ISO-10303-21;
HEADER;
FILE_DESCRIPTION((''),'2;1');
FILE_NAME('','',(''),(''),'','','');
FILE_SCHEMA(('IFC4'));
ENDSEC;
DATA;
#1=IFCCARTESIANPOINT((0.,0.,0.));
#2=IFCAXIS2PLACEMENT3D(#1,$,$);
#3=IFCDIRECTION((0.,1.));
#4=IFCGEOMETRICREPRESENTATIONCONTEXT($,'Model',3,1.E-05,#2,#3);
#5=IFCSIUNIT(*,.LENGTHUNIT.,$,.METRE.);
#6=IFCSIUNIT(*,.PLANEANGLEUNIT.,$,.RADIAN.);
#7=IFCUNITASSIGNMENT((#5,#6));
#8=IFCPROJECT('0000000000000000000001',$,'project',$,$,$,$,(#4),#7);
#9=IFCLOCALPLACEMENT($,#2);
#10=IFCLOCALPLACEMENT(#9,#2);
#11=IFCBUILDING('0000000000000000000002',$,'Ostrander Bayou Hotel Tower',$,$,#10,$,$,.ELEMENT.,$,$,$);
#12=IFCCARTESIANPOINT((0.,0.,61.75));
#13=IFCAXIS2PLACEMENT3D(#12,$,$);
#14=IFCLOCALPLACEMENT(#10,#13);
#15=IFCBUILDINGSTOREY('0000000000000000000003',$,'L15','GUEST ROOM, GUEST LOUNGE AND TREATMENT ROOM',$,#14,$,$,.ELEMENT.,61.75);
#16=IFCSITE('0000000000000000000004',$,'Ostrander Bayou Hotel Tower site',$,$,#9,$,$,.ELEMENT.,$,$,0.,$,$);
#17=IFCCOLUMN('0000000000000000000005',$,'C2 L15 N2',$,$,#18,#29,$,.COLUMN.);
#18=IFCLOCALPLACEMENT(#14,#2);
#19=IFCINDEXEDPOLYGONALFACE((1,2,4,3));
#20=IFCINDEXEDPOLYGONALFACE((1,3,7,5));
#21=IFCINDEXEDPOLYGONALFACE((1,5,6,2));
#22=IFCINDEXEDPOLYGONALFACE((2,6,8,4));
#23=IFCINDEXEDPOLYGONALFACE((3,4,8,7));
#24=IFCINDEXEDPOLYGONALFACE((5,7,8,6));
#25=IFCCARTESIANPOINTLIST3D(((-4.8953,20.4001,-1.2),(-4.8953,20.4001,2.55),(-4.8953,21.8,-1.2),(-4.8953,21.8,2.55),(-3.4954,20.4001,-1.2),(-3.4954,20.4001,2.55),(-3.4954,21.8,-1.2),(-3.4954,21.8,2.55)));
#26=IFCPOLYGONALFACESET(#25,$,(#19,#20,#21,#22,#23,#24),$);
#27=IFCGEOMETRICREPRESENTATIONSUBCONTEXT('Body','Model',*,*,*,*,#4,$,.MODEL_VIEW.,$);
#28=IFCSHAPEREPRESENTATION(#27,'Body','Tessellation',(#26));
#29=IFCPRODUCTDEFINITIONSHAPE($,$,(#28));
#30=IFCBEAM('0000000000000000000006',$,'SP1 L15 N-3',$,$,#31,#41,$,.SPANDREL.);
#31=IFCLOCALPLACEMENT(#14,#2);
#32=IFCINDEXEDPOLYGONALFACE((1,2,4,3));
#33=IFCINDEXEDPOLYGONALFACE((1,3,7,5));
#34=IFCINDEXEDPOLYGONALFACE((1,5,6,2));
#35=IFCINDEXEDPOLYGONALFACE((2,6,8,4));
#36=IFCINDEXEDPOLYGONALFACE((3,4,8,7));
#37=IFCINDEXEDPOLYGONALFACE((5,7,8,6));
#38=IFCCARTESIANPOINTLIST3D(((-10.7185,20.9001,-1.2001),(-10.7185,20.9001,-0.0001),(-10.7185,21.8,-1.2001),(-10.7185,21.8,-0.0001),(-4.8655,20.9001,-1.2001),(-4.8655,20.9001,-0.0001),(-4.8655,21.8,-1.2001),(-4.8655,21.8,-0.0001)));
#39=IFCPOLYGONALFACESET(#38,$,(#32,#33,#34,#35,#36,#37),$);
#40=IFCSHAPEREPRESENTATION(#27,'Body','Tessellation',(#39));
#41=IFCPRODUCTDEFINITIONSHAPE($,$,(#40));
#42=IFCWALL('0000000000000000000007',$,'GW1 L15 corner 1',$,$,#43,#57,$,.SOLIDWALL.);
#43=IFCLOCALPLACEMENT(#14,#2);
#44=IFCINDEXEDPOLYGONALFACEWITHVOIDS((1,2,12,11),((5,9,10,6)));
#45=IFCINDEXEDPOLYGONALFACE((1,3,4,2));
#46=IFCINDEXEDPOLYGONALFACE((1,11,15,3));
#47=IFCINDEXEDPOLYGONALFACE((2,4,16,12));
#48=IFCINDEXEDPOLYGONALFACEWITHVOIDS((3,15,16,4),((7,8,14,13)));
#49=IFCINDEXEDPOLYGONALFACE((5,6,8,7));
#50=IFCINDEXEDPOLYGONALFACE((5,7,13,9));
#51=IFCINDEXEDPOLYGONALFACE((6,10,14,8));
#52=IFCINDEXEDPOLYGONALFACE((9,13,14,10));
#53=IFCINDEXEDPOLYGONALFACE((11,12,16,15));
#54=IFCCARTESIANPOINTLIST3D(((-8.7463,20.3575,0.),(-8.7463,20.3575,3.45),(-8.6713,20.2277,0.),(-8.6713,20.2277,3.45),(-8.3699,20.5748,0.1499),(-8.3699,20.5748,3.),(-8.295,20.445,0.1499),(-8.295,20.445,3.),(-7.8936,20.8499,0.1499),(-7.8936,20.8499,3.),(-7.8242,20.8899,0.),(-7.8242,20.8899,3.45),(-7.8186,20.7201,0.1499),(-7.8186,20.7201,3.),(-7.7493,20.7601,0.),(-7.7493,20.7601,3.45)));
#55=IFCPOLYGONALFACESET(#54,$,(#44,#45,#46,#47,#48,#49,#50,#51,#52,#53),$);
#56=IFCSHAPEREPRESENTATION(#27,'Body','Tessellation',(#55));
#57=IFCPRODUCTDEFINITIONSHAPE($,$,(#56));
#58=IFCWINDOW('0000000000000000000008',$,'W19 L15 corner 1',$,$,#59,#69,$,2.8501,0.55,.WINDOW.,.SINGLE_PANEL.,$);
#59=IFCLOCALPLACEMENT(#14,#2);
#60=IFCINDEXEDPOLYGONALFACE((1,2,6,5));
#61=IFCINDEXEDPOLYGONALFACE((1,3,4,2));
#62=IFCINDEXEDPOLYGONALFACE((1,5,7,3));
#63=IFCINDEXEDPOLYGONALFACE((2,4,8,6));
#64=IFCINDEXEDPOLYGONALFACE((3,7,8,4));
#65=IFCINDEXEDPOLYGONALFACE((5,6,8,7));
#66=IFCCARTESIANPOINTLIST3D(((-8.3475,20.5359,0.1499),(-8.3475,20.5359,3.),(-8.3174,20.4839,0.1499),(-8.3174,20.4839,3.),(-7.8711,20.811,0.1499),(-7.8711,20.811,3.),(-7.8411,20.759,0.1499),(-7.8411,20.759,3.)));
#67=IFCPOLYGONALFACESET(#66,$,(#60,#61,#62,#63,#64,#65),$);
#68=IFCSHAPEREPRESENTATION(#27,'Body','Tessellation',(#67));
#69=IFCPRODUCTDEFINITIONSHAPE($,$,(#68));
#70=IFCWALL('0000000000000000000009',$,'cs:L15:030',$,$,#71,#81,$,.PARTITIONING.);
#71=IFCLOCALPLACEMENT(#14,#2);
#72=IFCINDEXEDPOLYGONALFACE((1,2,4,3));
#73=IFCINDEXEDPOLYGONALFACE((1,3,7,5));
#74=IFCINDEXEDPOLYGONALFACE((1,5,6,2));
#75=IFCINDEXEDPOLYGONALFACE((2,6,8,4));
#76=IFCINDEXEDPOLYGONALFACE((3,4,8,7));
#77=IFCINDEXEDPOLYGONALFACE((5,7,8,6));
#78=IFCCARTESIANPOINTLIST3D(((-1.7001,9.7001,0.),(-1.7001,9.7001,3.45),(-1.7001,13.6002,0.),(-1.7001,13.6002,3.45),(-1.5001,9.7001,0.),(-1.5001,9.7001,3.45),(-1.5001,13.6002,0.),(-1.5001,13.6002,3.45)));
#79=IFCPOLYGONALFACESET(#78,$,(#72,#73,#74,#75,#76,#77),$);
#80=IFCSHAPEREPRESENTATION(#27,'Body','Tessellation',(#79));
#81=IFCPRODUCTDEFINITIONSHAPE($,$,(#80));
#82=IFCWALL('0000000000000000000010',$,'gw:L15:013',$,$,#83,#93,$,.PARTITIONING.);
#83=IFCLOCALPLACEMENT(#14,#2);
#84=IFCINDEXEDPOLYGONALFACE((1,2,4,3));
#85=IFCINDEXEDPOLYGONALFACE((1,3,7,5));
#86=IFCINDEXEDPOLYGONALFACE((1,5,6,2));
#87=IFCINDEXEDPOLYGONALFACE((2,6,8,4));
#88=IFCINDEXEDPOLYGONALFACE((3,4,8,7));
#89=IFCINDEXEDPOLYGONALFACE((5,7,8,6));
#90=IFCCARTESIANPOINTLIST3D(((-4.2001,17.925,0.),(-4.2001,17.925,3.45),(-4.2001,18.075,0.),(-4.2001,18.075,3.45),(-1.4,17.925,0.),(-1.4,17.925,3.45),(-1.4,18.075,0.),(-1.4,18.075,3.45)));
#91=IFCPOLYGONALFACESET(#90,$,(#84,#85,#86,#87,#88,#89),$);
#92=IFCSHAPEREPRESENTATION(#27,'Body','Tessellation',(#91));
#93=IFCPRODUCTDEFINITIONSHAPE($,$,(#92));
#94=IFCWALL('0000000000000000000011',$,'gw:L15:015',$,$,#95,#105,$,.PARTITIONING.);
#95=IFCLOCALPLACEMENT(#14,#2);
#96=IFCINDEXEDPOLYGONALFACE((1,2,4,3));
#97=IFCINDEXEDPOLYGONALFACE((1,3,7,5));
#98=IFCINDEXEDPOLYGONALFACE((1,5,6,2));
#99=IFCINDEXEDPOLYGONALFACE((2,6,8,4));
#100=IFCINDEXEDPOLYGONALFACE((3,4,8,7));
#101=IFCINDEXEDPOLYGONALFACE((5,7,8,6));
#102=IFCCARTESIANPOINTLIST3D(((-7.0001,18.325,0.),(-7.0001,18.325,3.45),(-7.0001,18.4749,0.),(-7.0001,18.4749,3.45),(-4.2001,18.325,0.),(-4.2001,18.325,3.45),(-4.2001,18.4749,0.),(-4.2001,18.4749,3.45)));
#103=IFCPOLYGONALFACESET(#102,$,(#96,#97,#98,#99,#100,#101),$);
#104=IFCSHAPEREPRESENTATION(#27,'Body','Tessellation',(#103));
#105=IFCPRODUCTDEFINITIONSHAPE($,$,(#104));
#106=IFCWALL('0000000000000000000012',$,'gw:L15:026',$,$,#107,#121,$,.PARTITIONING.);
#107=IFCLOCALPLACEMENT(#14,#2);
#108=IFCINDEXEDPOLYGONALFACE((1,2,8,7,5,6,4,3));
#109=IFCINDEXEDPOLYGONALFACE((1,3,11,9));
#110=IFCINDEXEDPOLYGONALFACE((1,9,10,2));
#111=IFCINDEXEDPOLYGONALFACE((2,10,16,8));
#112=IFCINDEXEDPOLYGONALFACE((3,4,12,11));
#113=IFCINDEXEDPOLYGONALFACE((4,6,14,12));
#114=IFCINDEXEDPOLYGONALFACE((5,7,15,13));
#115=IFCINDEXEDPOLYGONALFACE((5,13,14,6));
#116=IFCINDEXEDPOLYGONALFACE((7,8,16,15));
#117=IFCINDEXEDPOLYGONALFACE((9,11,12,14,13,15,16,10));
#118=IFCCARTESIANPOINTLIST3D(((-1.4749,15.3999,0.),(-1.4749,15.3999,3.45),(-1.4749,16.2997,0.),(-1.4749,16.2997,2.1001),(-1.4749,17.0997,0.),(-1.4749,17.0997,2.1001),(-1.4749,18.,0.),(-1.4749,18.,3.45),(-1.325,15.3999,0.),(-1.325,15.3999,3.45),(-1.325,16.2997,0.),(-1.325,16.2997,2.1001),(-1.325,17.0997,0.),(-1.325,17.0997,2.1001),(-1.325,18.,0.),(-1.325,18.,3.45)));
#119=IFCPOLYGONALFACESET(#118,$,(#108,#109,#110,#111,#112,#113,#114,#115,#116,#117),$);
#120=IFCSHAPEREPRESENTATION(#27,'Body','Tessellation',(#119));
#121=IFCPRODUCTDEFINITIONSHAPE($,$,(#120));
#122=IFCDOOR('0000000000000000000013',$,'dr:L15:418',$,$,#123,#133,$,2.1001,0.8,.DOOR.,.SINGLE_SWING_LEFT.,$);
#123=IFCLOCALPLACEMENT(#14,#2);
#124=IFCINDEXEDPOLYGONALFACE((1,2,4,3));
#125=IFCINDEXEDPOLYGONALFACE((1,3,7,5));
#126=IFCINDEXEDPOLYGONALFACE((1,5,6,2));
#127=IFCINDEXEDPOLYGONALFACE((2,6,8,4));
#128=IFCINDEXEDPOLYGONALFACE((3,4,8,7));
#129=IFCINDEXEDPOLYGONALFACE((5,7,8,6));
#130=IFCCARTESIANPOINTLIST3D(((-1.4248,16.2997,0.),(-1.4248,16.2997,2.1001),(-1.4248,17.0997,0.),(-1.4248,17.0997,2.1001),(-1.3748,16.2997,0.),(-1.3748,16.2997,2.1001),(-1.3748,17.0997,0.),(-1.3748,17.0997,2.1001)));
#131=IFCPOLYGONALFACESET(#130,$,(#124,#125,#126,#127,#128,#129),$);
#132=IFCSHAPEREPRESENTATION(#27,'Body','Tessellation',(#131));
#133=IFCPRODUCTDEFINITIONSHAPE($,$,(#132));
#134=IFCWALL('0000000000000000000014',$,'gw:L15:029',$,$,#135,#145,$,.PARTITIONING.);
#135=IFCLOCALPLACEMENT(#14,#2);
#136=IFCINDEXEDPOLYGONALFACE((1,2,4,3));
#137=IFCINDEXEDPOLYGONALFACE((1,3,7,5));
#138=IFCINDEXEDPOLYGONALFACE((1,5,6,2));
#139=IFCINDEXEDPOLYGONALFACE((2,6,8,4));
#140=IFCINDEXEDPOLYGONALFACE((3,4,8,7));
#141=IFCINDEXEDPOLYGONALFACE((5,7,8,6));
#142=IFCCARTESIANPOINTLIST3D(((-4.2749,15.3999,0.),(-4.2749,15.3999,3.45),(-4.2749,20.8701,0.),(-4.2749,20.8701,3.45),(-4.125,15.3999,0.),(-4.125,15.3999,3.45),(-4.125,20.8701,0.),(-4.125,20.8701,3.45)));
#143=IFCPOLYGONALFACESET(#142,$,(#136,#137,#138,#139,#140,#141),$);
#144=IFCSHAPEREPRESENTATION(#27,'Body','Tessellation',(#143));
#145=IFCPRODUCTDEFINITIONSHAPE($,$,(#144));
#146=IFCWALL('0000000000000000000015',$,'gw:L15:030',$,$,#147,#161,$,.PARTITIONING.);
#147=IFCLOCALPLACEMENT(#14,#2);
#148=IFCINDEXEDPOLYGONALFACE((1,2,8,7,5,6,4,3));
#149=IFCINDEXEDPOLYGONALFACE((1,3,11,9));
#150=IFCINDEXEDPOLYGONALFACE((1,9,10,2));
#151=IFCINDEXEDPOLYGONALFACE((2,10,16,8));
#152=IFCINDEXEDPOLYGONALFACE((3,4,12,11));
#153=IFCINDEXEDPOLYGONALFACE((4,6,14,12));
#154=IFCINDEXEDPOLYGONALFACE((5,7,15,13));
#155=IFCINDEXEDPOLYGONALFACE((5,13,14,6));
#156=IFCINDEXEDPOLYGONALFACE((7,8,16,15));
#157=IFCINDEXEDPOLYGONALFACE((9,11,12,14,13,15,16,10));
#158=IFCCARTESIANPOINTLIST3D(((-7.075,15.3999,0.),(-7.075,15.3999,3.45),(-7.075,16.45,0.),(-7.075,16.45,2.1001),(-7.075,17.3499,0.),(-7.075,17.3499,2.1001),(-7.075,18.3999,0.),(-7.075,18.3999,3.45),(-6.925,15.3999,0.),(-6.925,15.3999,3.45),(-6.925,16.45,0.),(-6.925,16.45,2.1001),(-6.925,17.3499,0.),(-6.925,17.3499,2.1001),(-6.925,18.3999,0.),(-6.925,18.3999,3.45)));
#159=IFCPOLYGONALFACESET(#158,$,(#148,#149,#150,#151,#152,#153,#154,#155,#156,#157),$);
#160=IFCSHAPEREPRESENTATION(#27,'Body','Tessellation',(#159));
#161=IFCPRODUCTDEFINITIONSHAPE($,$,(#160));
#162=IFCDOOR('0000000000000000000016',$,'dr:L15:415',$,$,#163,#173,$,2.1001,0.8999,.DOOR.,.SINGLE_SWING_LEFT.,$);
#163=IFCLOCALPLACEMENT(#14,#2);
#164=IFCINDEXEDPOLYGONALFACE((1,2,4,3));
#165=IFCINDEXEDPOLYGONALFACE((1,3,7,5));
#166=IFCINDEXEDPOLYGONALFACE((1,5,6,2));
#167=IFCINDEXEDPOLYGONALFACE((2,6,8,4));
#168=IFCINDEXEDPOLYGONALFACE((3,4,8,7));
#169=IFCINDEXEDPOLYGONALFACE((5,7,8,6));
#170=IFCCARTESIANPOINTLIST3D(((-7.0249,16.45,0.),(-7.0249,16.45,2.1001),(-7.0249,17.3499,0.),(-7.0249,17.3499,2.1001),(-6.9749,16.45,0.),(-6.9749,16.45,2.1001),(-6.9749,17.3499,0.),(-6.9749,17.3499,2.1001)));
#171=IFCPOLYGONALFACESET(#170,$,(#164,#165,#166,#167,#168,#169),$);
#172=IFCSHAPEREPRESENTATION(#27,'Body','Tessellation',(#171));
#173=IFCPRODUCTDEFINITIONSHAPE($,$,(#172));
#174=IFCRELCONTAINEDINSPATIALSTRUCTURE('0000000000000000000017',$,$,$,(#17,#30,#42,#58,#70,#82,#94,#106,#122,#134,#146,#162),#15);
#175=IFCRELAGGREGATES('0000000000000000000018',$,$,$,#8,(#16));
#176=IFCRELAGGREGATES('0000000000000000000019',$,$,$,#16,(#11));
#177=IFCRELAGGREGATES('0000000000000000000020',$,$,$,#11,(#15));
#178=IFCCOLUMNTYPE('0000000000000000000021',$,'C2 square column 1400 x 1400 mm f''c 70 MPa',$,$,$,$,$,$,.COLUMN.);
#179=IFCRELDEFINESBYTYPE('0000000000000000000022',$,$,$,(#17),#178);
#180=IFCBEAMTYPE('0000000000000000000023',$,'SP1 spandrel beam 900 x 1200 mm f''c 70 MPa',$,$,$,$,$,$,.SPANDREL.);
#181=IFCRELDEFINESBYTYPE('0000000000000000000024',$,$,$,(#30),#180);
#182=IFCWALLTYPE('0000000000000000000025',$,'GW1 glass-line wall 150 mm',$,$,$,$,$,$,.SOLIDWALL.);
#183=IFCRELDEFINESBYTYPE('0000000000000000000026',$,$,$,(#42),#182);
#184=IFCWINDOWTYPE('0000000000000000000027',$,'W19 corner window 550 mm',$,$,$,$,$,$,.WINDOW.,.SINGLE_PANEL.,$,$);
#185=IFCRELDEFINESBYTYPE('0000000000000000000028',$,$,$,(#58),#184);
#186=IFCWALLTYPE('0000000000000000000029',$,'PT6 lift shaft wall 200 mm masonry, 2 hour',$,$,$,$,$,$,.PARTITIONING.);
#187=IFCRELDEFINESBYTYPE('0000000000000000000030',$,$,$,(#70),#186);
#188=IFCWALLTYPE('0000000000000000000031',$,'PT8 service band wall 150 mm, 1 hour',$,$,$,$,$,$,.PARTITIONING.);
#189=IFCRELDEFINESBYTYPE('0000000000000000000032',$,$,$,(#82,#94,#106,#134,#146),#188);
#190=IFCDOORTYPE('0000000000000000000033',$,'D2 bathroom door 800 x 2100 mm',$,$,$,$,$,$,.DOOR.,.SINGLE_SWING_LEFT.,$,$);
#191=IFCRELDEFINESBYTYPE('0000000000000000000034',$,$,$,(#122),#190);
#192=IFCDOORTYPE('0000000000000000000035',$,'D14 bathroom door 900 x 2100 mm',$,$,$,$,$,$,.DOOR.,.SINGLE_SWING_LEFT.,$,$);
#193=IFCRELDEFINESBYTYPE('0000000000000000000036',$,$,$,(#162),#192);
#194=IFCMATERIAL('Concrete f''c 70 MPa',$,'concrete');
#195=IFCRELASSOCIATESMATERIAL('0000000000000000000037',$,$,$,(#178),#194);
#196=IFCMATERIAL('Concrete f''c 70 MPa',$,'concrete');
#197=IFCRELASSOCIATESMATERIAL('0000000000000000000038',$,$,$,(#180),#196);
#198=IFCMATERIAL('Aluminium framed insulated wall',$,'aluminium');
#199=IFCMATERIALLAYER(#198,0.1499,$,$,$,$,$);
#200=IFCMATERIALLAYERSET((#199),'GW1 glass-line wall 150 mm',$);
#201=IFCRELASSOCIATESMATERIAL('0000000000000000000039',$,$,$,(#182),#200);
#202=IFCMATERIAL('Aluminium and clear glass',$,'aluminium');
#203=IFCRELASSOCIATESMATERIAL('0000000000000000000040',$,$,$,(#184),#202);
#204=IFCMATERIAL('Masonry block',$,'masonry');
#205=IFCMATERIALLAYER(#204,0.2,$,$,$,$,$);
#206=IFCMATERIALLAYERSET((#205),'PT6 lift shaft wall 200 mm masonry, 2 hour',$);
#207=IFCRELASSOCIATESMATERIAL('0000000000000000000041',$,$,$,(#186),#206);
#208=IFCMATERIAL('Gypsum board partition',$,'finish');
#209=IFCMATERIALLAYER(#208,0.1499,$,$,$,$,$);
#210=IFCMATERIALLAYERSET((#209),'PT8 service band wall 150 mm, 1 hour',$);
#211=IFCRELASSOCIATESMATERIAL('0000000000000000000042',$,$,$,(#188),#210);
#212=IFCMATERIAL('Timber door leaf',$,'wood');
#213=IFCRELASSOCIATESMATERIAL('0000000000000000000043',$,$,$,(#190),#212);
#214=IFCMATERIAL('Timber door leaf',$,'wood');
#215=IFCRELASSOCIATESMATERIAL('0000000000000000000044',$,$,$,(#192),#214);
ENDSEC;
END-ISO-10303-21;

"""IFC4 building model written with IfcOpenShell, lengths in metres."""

from ifc_helpers import new_model, si_unit, direction, frame, frame_2d, origin, origin_2d, place, context, subcontext, project, spatial, rectangle, extrude, material, layer, layer_set, material_profile, profile_set, type_object, element, fill, save


model = new_model("IFC4")

# Units and contexts
model_context = context("Model", 3, precision=1e-05, world=origin(), true_north=direction((0.0, 1.0)))
body_context = subcontext(model_context, "Body", "Model", "MODEL_VIEW")
ifc_project = project(units=[si_unit("LENGTHUNIT", "METRE"), si_unit("PLANEANGLEUNIT", "RADIAN")], contexts=[model_context])

# Site, building, storey
site_placement = place(None, origin())
site = spatial("IfcSite", under=ifc_project, at=site_placement, Name="Ostrander Bayou Hotel Tower site", CompositionType="ELEMENT", RefElevation=0.0)
building_placement = place(site_placement, origin())
building = spatial("IfcBuilding", under=site, at=building_placement, Name="Ostrander Bayou Hotel Tower", CompositionType="ELEMENT")
storey_placement = place(building_placement, frame((0.0, 0.0, 61.75)))
storey = spatial("IfcBuildingStorey", under=building, at=storey_placement, Name="L15", Description="GUEST ROOM, GUEST LOUNGE AND TREATMENT ROOM", CompositionType="ELEMENT", Elevation=61.75)

# Column
ifc_material_1 = material(Name="Concrete f'c 70 MPa", Category="concrete")
ifc_material_profile_1 = material_profile(ifc_material_1, rectangle(XDim=1.3999, YDim=1.3999, at=origin_2d()))
ifc_profile_set_1 = profile_set([ifc_material_profile_1], Name="Concrete f'c 70 MPa")
column_type = type_object("IfcColumnType", Name="C2 square column 1400 x 1400 mm f'c 70 MPa", PredefinedType="COLUMN", material=ifc_profile_set_1)
column_placement = place(storey_placement, frame((-4.1953, 21.1001, -1.2), z_axis=(0.0, 0.0, 1.0), x_axis=(1.0, 0.0, 0.0)))
element("IfcColumn", 1, at=column_placement, inside=storey, type_object=column_type, Name="C2 L15 N2", PredefinedType="COLUMN", context=body_context, shape_type="SweptSolid", body=[
    extrude(rectangle(XDim=1.3999, YDim=1.3999, at=origin_2d()), origin(), (0.0, 0.0, 1.0), 3.75),
])

# Beam
ifc_material_2 = material(Name="Concrete f'c 70 MPa", Category="concrete")
ifc_material_profile_2 = material_profile(ifc_material_2, rectangle(XDim=0.8999, YDim=1.2, at=origin_2d()))
ifc_profile_set_2 = profile_set([ifc_material_profile_2], Name="Concrete f'c 70 MPa")
beam_type = type_object("IfcBeamType", Name="SP1 spandrel beam 900 x 1200 mm f'c 70 MPa", PredefinedType="SPANDREL", material=ifc_profile_set_2)
beam_placement = place(storey_placement, frame((-4.8655, 21.3501, -0.6001), z_axis=(-1.0, 0.0, 0.0), x_axis=(0.0, -1.0, 0.0)))
element("IfcBeam", 2, at=beam_placement, inside=storey, type_object=beam_type, Name="SP1 L15 N-3", PredefinedType="SPANDREL", context=body_context, shape_type="SweptSolid", body=[
    extrude(rectangle(XDim=0.8999, YDim=1.2, at=origin_2d()), origin(), (0.0, 0.0, 1.0), 5.853),
])

# Wall, opening, window
ifc_material_3 = material(Name="Aluminium framed insulated wall", Category="aluminium")
ifc_layer_1 = layer(ifc_material_3, 0.1499)
ifc_layer_set_1 = layer_set([ifc_layer_1], Name="GW1 glass-line wall 150 mm")
wall_type_1 = type_object("IfcWallType", Name="GW1 glass-line wall 150 mm", PredefinedType="SOLIDWALL", material=ifc_layer_set_1)
wall_1_placement = place(storey_placement, frame((-7.7869, 20.825, 0.0), z_axis=(0.0, 0.0, 1.0), x_axis=(-0.865991, -0.50006, 0.0)))
wall_1 = element("IfcWall", 3, at=wall_1_placement, inside=storey, type_object=wall_type_1, Name="GW1 L15 corner 1", PredefinedType="SOLIDWALL", context=body_context, shape_type="SweptSolid", body=[
    extrude(rectangle(XDim=1.0647, YDim=0.1499, at=frame_2d((0.5322, 0.0))), origin(), (0.0, 0.0, 1.0), 3.45),
])
opening_1_placement = place(wall_1_placement, frame((0.0801, 0.0, 0.1499)))
opening_1 = element("IfcOpeningElement", 4, at=opening_1_placement, cuts=wall_1, PredefinedType="OPENING", context=body_context, shape_type="SweptSolid", body=[
    extrude(rectangle(XDim=0.55, YDim=2.8501, at=frame_2d((0.2749, 1.425))), frame((0.0, 0.075, 0.0), z_axis=(0.0, -1.0, 0.0), x_axis=(1.0, 0.0, 0.0)), (0.0, 0.0, 1.0), 0.1499),
])
ifc_material_4 = material(Name="Aluminium and clear glass", Category="aluminium")
window_type_1 = type_object("IfcWindowType", Name="W19 corner window 550 mm", PartitioningType="SINGLE_PANEL", PredefinedType="WINDOW", material=ifc_material_4)
window_1_placement = place(opening_1_placement, origin())
window_1 = element("IfcWindow", 5, at=window_1_placement, inside=storey, type_object=window_type_1, Name="W19 L15 corner 1", OverallHeight=2.8501, OverallWidth=0.55, PartitioningType="SINGLE_PANEL", PredefinedType="WINDOW", context=body_context, shape_type="SweptSolid", body=[
    extrude(rectangle(XDim=0.55, YDim=2.8501, at=frame_2d((0.2749, 1.425))), frame((0.0, 0.03, 0.0), z_axis=(0.0, -1.0, 0.0), x_axis=(1.0, 0.0, 0.0)), (0.0, 0.0, 1.0), 0.0601),
])
fill(opening_1, window_1)

# Walls
ifc_material_5 = material(Name="Masonry block", Category="masonry")
ifc_layer_2 = layer(ifc_material_5, 0.2)
ifc_layer_set_2 = layer_set([ifc_layer_2], Name="PT6 lift shaft wall 200 mm masonry, 2 hour")
wall_type_2 = type_object("IfcWallType", Name="PT6 lift shaft wall 200 mm masonry, 2 hour", PredefinedType="PARTITIONING", material=ifc_layer_set_2)
wall_2_placement = place(storey_placement, frame((-1.6001, 9.7, 0.0), z_axis=(0.0, 0.0, 1.0), x_axis=(0.0, 1.0, 0.0)))
element("IfcWall", 6, at=wall_2_placement, inside=storey, type_object=wall_type_2, Name="cs:L15:030", PredefinedType="PARTITIONING", context=body_context, shape_type="SweptSolid", body=[
    extrude(rectangle(XDim=3.9001, YDim=0.2, at=frame_2d((1.9502, 0.0))), origin(), (0.0, 0.0, 1.0), 3.45),
])
ifc_material_6 = material(Name="Gypsum board partition", Category="finish")
ifc_layer_3 = layer(ifc_material_6, 0.1499)
ifc_layer_set_3 = layer_set([ifc_layer_3], Name="PT8 service band wall 150 mm, 1 hour")
wall_type_3 = type_object("IfcWallType", Name="PT8 service band wall 150 mm, 1 hour", PredefinedType="PARTITIONING", material=ifc_layer_set_3)
for number, where, z_axis, x_axis, name in (
    (7, (-4.2, 18.0, 0.0), (0.0, 0.0, 1.0), (1.0, 0.0, 0.0), "gw:L15:013"),
    (8, (-7.0, 18.3999, 0.0), (0.0, 0.0, 1.0), (1.0, 0.0, 0.0), "gw:L15:015"),
):
    element("IfcWall", number, at=place(storey_placement, frame(where, z_axis=z_axis, x_axis=x_axis)), inside=storey, type_object=wall_type_3, Name=name, PredefinedType="PARTITIONING", context=body_context, shape_type="SweptSolid", body=[
        extrude(rectangle(XDim=2.8, YDim=0.1499, at=frame_2d((1.3999, 0.0))), origin(), (0.0, 0.0, 1.0), 3.45),
    ])

# Wall, opening, door
wall_3_placement = place(storey_placement, frame((-1.3999, 15.3999, 0.0), z_axis=(0.0, 0.0, 1.0), x_axis=(0.0, 1.0, 0.0)))
wall_3 = element("IfcWall", 9, at=wall_3_placement, inside=storey, type_object=wall_type_3, Name="gw:L15:026", PredefinedType="PARTITIONING", context=body_context, shape_type="SweptSolid", body=[
    extrude(rectangle(XDim=2.6001, YDim=0.1499, at=frame_2d((1.3, 0.0))), origin(), (0.0, 0.0, 1.0), 3.45),
])
opening_2_placement = place(wall_3_placement, frame((0.8999, 0.0, 0.0)))
opening_2 = element("IfcOpeningElement", 10, at=opening_2_placement, cuts=wall_3, PredefinedType="OPENING", context=body_context, shape_type="SweptSolid", body=[
    extrude(rectangle(XDim=0.8, YDim=2.1001, at=frame_2d((0.3999, 1.05))), frame((0.0, 0.075, 0.0), z_axis=(0.0, -1.0, 0.0), x_axis=(1.0, 0.0, 0.0)), (0.0, 0.0, 1.0), 0.1499),
])
ifc_material_7 = material(Name="Timber door leaf", Category="wood")
door_type_1 = type_object("IfcDoorType", Name="D2 bathroom door 800 x 2100 mm", OperationType="SINGLE_SWING_LEFT", PredefinedType="DOOR", material=ifc_material_7)
door_1_placement = place(opening_2_placement, origin())
door_1 = element("IfcDoor", 11, at=door_1_placement, inside=storey, type_object=door_type_1, Name="dr:L15:418", OperationType="SINGLE_SWING_LEFT", OverallHeight=2.1001, OverallWidth=0.8, PredefinedType="DOOR", context=body_context, shape_type="SweptSolid", body=[
    extrude(rectangle(XDim=0.8, YDim=2.1001, at=frame_2d((0.3999, 1.05))), frame((0.0, 0.0249, 0.0), z_axis=(0.0, -1.0, 0.0), x_axis=(1.0, 0.0, 0.0)), (0.0, 0.0, 1.0), 0.05),
])
fill(opening_2, door_1)

# Wall
wall_4_placement = place(storey_placement, frame((-4.2, 15.3999, 0.0), z_axis=(0.0, 0.0, 1.0), x_axis=(0.0, 1.0, 0.0)))
element("IfcWall", 12, at=wall_4_placement, inside=storey, type_object=wall_type_3, Name="gw:L15:029", PredefinedType="PARTITIONING", context=body_context, shape_type="SweptSolid", body=[
    extrude(rectangle(XDim=5.4702, YDim=0.1499, at=frame_2d((2.7351, 0.0))), origin(), (0.0, 0.0, 1.0), 3.45),
])

# Wall, opening, door
wall_5_placement = place(storey_placement, frame((-7.0, 15.3999, 0.0), z_axis=(0.0, 0.0, 1.0), x_axis=(0.0, 1.0, 0.0)))
wall_5 = element("IfcWall", 13, at=wall_5_placement, inside=storey, type_object=wall_type_3, Name="gw:L15:030", PredefinedType="PARTITIONING", context=body_context, shape_type="SweptSolid", body=[
    extrude(rectangle(XDim=3.0, YDim=0.1499, at=frame_2d((1.5, 0.0))), origin(), (0.0, 0.0, 1.0), 3.45),
])
opening_3_placement = place(wall_5_placement, frame((1.05, 0.0, 0.0)))
opening_3 = element("IfcOpeningElement", 14, at=opening_3_placement, cuts=wall_5, PredefinedType="OPENING", context=body_context, shape_type="SweptSolid", body=[
    extrude(rectangle(XDim=0.8999, YDim=2.1001, at=frame_2d((0.45, 1.05))), frame((0.0, 0.075, 0.0), z_axis=(0.0, -1.0, 0.0), x_axis=(1.0, 0.0, 0.0)), (0.0, 0.0, 1.0), 0.1499),
])
ifc_material_8 = material(Name="Timber door leaf", Category="wood")
door_type_2 = type_object("IfcDoorType", Name="D14 bathroom door 900 x 2100 mm", OperationType="SINGLE_SWING_LEFT", PredefinedType="DOOR", material=ifc_material_8)
door_2_placement = place(opening_3_placement, origin())
door_2 = element("IfcDoor", 15, at=door_2_placement, inside=storey, type_object=door_type_2, Name="dr:L15:415", OperationType="SINGLE_SWING_LEFT", OverallHeight=2.1001, OverallWidth=0.8999, PredefinedType="DOOR", context=body_context, shape_type="SweptSolid", body=[
    extrude(rectangle(XDim=0.8999, YDim=2.1001, at=frame_2d((0.45, 1.05))), frame((0.0, 0.0249, 0.0), z_axis=(0.0, -1.0, 0.0), x_axis=(1.0, 0.0, 0.0)), (0.0, 0.0, 1.0), 0.05),
])
fill(opening_3, door_2)

save(model, "model.ifc")
